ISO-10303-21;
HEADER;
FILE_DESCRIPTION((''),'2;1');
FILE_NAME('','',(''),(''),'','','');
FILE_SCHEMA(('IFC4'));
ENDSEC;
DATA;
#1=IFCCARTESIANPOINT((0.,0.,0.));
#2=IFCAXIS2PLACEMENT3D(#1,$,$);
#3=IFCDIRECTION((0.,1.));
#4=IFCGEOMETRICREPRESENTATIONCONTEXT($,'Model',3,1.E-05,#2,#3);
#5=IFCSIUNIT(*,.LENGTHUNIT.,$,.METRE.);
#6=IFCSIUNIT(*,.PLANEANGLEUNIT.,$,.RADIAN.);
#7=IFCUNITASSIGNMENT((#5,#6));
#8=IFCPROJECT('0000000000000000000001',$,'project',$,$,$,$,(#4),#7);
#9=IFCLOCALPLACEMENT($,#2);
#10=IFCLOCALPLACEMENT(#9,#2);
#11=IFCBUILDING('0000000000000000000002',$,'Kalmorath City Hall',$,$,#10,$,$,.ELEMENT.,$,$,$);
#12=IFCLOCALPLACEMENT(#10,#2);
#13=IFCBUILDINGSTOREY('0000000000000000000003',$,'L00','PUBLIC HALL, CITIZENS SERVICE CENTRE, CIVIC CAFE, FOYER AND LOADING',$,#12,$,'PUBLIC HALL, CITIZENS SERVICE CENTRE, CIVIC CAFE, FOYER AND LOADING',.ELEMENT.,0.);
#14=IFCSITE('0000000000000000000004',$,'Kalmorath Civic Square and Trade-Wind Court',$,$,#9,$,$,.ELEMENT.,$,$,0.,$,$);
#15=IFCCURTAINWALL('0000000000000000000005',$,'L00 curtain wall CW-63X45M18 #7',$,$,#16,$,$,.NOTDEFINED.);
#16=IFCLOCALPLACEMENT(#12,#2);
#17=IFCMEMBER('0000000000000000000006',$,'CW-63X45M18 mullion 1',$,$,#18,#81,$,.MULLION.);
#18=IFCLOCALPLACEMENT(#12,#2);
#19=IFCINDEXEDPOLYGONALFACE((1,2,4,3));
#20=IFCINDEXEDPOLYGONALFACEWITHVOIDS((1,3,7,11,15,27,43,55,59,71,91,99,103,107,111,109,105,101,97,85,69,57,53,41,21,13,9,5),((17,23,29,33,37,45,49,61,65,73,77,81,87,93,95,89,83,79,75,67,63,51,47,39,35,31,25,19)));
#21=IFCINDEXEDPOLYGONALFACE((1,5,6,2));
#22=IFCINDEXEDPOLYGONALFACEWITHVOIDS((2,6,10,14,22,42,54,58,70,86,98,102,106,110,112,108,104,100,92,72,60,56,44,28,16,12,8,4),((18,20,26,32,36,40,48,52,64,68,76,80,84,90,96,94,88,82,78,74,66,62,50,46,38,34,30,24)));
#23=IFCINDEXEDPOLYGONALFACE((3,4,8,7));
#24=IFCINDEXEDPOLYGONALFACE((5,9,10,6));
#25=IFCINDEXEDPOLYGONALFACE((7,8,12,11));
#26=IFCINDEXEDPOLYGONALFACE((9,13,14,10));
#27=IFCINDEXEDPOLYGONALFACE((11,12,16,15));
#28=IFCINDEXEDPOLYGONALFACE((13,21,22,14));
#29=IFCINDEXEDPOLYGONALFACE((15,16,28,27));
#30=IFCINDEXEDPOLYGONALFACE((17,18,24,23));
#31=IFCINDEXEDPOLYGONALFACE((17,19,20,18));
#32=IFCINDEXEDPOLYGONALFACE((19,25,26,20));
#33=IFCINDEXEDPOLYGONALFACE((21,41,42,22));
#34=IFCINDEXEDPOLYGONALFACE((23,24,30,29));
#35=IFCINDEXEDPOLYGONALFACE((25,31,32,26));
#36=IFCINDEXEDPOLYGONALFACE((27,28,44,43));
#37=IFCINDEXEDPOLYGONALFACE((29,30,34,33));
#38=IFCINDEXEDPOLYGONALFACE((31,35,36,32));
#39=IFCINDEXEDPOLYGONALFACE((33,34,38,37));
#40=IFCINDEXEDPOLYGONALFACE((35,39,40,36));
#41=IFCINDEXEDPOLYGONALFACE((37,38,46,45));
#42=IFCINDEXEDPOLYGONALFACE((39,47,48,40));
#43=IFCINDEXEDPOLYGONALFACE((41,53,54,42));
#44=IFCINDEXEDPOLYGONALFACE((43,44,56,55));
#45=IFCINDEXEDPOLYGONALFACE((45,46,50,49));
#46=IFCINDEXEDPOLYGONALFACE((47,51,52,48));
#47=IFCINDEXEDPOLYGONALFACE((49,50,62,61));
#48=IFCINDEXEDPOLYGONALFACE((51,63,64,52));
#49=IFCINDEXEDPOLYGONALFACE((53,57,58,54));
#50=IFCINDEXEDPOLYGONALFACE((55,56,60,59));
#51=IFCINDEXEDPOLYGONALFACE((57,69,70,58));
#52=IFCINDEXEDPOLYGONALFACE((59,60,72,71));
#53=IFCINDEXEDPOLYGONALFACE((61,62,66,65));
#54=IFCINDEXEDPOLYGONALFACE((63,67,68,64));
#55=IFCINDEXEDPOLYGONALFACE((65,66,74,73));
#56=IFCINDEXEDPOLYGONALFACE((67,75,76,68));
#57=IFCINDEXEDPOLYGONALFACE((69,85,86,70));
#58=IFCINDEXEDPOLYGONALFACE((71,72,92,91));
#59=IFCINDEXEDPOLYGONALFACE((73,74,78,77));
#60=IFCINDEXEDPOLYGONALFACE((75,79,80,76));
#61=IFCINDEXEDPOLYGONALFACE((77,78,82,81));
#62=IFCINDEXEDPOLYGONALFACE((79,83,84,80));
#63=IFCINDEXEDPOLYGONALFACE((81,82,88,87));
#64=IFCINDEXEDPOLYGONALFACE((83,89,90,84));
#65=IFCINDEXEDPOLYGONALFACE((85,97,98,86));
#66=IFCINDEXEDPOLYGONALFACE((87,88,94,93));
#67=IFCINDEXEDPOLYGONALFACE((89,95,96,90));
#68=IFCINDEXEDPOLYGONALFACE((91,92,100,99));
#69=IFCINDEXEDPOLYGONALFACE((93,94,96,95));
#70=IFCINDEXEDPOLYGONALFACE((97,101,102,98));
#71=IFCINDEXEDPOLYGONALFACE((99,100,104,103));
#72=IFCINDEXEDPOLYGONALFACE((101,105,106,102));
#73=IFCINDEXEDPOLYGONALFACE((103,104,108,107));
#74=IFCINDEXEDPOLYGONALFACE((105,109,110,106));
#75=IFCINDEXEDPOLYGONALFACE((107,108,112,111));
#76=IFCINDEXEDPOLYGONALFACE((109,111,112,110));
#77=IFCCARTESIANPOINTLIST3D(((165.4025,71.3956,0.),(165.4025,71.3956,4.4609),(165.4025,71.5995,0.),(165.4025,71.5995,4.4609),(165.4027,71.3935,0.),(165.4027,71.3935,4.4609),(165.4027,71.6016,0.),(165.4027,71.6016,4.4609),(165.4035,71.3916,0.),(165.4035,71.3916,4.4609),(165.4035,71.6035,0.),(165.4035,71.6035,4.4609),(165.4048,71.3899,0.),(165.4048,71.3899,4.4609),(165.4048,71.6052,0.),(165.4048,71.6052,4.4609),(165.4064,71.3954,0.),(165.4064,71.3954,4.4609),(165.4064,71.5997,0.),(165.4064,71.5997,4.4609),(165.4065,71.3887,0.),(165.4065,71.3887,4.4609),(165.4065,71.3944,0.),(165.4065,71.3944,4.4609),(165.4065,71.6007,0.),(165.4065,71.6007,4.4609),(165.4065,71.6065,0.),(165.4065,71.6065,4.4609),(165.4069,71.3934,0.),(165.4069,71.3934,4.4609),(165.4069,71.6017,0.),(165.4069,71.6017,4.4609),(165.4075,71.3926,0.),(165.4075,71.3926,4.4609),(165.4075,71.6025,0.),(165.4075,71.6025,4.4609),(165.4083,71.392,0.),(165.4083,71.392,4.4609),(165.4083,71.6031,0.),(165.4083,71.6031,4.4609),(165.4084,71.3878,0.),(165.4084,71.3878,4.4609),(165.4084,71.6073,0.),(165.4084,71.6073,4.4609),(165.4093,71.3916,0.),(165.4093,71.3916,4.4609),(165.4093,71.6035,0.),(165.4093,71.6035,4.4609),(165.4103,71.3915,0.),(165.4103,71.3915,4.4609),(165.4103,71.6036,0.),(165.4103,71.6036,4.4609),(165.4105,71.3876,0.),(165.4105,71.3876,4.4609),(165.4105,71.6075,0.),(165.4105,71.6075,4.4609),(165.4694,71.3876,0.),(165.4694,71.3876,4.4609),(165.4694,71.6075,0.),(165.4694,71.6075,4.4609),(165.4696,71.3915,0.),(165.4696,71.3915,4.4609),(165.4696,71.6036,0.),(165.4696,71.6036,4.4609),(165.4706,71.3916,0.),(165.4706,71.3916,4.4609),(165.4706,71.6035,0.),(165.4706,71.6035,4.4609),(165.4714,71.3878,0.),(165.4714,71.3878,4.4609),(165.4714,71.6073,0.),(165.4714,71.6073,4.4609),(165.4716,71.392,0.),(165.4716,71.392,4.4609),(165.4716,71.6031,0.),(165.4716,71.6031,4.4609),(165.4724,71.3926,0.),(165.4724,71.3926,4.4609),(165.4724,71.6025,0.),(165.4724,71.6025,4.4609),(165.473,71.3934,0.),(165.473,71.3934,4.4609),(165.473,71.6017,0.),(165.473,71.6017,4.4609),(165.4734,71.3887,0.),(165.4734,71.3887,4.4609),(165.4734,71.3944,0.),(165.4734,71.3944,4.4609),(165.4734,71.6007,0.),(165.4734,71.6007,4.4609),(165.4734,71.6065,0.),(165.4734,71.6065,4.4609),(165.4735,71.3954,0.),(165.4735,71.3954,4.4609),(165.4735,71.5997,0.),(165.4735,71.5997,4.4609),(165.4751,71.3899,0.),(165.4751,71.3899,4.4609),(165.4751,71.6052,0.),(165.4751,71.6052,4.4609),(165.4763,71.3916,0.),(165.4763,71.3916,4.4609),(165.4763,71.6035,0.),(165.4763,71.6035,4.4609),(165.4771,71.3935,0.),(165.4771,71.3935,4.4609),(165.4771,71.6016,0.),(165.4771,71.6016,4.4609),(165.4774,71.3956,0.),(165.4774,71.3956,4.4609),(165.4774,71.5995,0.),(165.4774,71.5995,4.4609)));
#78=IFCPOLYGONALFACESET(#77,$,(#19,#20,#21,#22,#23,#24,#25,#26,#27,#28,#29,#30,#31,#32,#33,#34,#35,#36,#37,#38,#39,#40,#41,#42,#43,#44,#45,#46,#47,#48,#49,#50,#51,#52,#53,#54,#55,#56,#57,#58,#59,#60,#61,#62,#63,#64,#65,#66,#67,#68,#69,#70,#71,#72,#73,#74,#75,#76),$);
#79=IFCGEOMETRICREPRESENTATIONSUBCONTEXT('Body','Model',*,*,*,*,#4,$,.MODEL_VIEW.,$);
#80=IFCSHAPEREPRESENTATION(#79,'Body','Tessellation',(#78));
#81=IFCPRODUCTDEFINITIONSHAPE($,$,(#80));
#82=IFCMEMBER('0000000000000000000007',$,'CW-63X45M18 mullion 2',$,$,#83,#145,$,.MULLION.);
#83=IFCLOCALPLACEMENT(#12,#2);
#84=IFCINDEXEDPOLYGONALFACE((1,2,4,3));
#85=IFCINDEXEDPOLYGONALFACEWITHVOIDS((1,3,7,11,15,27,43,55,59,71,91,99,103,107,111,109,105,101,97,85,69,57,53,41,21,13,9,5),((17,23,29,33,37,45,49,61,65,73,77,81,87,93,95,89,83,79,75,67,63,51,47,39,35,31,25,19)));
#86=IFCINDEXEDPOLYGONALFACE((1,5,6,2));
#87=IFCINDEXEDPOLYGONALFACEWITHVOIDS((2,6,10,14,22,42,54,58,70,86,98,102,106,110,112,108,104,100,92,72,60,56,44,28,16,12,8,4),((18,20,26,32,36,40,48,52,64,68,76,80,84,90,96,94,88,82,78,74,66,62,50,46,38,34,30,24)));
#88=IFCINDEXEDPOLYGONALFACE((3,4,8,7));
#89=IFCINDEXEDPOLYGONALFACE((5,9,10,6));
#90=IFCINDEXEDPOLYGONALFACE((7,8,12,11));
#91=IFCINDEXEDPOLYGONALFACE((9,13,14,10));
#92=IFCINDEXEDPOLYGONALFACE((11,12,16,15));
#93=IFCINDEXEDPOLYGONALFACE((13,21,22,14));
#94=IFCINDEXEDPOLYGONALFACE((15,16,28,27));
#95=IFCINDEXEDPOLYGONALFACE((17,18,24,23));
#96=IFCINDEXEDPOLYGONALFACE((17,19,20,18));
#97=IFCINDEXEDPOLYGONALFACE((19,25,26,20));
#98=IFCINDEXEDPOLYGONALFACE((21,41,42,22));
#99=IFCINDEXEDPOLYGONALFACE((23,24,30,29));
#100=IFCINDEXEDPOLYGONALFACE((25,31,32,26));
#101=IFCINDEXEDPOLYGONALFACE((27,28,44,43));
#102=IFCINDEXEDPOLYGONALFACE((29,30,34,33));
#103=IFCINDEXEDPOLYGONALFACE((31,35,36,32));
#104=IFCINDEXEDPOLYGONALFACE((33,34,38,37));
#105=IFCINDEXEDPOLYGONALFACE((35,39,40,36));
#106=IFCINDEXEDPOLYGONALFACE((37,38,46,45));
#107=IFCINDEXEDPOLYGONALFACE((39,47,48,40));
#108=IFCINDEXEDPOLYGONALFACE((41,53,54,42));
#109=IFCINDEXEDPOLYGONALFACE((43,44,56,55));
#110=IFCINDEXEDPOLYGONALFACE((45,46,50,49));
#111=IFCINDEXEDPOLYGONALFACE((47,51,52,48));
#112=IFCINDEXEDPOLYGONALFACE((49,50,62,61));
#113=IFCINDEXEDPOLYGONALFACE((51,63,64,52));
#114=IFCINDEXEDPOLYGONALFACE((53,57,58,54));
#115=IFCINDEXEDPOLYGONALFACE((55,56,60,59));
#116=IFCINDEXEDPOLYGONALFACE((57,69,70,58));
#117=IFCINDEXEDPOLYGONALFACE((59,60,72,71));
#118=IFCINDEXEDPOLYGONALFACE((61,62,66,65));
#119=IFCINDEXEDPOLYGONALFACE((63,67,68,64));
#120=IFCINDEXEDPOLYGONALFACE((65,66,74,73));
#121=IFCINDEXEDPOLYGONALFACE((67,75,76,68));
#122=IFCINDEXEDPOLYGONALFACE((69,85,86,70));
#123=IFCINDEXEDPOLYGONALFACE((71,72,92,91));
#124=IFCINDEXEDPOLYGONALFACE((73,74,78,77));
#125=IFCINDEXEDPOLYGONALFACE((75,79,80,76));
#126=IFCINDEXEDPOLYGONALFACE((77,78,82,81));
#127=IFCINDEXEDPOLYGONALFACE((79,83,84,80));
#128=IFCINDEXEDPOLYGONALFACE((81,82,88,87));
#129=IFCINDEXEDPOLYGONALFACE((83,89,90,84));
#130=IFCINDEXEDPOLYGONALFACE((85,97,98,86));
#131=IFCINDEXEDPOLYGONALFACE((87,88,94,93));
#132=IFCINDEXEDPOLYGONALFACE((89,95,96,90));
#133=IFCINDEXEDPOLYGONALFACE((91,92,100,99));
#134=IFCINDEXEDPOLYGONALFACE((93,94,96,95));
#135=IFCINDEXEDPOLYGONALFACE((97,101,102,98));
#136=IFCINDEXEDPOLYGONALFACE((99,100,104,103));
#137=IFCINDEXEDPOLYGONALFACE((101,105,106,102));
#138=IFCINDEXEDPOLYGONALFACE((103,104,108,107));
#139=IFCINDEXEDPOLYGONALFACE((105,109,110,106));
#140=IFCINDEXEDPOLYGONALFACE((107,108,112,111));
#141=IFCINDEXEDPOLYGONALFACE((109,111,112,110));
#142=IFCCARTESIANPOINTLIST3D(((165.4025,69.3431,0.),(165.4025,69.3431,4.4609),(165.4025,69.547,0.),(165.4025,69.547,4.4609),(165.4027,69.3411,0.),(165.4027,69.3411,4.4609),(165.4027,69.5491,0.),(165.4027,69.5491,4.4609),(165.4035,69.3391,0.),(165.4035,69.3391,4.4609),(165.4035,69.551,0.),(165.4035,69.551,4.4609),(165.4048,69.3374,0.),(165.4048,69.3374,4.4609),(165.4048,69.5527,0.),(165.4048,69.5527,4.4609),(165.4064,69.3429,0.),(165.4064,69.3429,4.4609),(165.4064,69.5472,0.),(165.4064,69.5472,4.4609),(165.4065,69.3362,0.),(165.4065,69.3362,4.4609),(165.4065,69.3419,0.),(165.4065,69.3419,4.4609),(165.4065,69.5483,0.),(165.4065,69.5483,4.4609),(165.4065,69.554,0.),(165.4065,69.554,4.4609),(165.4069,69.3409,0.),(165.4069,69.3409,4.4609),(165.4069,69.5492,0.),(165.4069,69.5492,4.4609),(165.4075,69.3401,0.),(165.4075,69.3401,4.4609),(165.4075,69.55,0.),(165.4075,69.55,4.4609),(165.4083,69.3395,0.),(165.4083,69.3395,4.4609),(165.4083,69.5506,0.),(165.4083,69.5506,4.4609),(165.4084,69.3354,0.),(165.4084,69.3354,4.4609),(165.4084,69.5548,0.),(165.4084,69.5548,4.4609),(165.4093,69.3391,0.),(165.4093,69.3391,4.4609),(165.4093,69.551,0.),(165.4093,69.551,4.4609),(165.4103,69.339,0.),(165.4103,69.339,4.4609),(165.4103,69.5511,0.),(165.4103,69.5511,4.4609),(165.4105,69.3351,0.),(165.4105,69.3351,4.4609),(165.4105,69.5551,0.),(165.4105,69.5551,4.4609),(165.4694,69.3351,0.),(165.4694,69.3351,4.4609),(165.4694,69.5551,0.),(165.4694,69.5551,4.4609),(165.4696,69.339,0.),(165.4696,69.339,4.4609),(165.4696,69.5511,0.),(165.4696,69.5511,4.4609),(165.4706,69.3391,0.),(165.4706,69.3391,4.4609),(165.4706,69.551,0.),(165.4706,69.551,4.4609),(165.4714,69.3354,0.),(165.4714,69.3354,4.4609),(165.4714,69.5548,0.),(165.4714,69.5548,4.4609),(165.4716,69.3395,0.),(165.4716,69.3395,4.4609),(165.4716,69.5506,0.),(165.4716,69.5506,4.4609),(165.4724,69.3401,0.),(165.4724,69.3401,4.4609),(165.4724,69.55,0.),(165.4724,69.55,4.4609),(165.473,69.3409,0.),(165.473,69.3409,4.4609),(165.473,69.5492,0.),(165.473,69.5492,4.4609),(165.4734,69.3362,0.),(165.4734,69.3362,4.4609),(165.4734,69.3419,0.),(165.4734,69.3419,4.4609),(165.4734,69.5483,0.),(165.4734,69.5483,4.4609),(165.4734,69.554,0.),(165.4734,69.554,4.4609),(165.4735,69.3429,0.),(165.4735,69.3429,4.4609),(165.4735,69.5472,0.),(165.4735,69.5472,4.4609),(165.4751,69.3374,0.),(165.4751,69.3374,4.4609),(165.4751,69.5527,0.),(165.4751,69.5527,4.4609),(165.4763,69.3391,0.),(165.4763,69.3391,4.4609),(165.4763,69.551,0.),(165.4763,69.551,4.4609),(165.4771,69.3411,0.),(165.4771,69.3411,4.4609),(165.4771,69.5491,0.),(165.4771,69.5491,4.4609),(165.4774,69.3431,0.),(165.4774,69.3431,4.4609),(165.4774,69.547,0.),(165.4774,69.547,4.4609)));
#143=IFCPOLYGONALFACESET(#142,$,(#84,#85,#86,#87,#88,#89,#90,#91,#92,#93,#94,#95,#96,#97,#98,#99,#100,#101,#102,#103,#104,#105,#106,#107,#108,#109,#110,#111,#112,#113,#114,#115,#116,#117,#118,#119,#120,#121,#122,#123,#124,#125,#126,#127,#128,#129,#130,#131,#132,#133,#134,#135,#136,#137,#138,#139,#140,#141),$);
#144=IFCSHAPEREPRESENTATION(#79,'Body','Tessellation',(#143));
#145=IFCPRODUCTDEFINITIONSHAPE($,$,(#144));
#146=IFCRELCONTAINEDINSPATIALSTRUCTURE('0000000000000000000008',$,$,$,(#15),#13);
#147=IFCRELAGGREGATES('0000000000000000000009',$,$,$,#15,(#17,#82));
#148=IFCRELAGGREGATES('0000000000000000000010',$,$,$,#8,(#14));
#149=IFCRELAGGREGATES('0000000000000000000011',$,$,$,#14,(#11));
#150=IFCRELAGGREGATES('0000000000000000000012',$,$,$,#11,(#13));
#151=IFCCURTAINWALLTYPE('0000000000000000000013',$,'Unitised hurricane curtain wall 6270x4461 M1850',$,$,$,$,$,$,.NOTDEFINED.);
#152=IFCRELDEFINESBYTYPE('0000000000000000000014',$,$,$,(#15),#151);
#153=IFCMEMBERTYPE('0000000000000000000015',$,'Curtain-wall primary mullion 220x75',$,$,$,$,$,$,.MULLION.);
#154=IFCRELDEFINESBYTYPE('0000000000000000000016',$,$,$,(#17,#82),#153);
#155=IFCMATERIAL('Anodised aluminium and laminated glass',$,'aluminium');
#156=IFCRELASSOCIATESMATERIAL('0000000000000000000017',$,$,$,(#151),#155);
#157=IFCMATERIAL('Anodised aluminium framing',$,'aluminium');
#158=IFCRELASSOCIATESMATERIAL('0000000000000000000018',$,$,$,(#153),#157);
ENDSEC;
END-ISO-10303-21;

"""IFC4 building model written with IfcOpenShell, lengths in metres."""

from ifc_helpers import new_model, si_unit, direction, frame, origin, origin_2d, place, context, subcontext, project, spatial, hollow_rectangle, extrude, material, material_profile, profile_set, type_object, element, aggregate, save


model = new_model("IFC4")

# Units and contexts
model_context = context("Model", 3, precision=1e-05, world=origin(), true_north=direction((0.0, 1.0)))
body_context = subcontext(model_context, "Body", "Model", "MODEL_VIEW")
ifc_project = project(units=[si_unit("LENGTHUNIT", "METRE"), si_unit("PLANEANGLEUNIT", "RADIAN")], contexts=[model_context])

# Site, building, storey
site_placement = place(None, origin())
site = spatial("IfcSite", under=ifc_project, at=site_placement, Name="Kalmorath Civic Square and Trade-Wind Court", CompositionType="ELEMENT", RefElevation=0.0)
building_placement = place(site_placement, origin())
building = spatial("IfcBuilding", under=site, at=building_placement, Name="Kalmorath City Hall", CompositionType="ELEMENT")
storey_placement = place(building_placement, origin())
storey = spatial("IfcBuildingStorey", under=building, at=storey_placement, Name="L00", Description="PUBLIC HALL, CITIZENS SERVICE CENTRE, CIVIC CAFE, FOYER AND LOADING", LongName="PUBLIC HALL, CITIZENS SERVICE CENTRE, CIVIC CAFE, FOYER AND LOADING", CompositionType="ELEMENT", Elevation=0.0)

# Curtain wall, members
ifc_material_1 = material(Name="Anodised aluminium and laminated glass", Category="aluminium")
curtain_wall_type = type_object("IfcCurtainWallType", Name="Unitised hurricane curtain wall 6270x4461 M1850", PredefinedType="NOTDEFINED", material=ifc_material_1)
curtain_wall_placement = place(storey_placement, origin())
curtain_wall = element("IfcCurtainWall", 1, at=curtain_wall_placement, inside=storey, type_object=curtain_wall_type, Name="L00 curtain wall CW-63X45M18 #7", PredefinedType="NOTDEFINED")
ifc_material_2 = material(Name="Anodised aluminium framing", Category="aluminium")
ifc_material_profile_1 = material_profile(ifc_material_2, hollow_rectangle(XDim=0.075, YDim=0.22, WallThickness=0.0039, InnerFilletRadius=0.0039, OuterFilletRadius=0.0081, at=origin_2d()), Name="ALU-MUL-220X75X4")
ifc_profile_set_1 = profile_set([ifc_material_profile_1], Name="Anodised aluminium framing")
member_type_1 = type_object("IfcMemberType", Name="Curtain-wall primary mullion 220x75", PredefinedType="MULLION", material=ifc_profile_set_1)
member_1_placement = place(storey_placement, frame((165.4399, 71.4976, 0.0), z_axis=(0.0, 0.0, 1.0), x_axis=(1.0, 0.0, 0.0)))
member_1 = element("IfcMember", 2, at=member_1_placement, type_object=member_type_1, Name="CW-63X45M18 mullion 1", PredefinedType="MULLION", context=body_context, shape_type="SweptSolid", body=[
    extrude(hollow_rectangle(XDim=0.075, YDim=0.22, WallThickness=0.0039, InnerFilletRadius=0.0039, OuterFilletRadius=0.0081, at=origin_2d()), origin(), (0.0, 0.0, 1.0), 4.4609),
])
member_2_placement = place(storey_placement, frame((165.4399, 69.4451, 0.0), z_axis=(0.0, 0.0, 1.0), x_axis=(1.0, 0.0, 0.0)))
member_2 = element("IfcMember", 3, at=member_2_placement, type_object=member_type_1, Name="CW-63X45M18 mullion 2", PredefinedType="MULLION", context=body_context, shape_type="SweptSolid", body=[
    extrude(hollow_rectangle(XDim=0.075, YDim=0.22, WallThickness=0.0039, InnerFilletRadius=0.0039, OuterFilletRadius=0.0081, at=origin_2d()), origin(), (0.0, 0.0, 1.0), 4.4609),
])
aggregate(curtain_wall, [member_1, member_2])

save(model, "model.ifc")
